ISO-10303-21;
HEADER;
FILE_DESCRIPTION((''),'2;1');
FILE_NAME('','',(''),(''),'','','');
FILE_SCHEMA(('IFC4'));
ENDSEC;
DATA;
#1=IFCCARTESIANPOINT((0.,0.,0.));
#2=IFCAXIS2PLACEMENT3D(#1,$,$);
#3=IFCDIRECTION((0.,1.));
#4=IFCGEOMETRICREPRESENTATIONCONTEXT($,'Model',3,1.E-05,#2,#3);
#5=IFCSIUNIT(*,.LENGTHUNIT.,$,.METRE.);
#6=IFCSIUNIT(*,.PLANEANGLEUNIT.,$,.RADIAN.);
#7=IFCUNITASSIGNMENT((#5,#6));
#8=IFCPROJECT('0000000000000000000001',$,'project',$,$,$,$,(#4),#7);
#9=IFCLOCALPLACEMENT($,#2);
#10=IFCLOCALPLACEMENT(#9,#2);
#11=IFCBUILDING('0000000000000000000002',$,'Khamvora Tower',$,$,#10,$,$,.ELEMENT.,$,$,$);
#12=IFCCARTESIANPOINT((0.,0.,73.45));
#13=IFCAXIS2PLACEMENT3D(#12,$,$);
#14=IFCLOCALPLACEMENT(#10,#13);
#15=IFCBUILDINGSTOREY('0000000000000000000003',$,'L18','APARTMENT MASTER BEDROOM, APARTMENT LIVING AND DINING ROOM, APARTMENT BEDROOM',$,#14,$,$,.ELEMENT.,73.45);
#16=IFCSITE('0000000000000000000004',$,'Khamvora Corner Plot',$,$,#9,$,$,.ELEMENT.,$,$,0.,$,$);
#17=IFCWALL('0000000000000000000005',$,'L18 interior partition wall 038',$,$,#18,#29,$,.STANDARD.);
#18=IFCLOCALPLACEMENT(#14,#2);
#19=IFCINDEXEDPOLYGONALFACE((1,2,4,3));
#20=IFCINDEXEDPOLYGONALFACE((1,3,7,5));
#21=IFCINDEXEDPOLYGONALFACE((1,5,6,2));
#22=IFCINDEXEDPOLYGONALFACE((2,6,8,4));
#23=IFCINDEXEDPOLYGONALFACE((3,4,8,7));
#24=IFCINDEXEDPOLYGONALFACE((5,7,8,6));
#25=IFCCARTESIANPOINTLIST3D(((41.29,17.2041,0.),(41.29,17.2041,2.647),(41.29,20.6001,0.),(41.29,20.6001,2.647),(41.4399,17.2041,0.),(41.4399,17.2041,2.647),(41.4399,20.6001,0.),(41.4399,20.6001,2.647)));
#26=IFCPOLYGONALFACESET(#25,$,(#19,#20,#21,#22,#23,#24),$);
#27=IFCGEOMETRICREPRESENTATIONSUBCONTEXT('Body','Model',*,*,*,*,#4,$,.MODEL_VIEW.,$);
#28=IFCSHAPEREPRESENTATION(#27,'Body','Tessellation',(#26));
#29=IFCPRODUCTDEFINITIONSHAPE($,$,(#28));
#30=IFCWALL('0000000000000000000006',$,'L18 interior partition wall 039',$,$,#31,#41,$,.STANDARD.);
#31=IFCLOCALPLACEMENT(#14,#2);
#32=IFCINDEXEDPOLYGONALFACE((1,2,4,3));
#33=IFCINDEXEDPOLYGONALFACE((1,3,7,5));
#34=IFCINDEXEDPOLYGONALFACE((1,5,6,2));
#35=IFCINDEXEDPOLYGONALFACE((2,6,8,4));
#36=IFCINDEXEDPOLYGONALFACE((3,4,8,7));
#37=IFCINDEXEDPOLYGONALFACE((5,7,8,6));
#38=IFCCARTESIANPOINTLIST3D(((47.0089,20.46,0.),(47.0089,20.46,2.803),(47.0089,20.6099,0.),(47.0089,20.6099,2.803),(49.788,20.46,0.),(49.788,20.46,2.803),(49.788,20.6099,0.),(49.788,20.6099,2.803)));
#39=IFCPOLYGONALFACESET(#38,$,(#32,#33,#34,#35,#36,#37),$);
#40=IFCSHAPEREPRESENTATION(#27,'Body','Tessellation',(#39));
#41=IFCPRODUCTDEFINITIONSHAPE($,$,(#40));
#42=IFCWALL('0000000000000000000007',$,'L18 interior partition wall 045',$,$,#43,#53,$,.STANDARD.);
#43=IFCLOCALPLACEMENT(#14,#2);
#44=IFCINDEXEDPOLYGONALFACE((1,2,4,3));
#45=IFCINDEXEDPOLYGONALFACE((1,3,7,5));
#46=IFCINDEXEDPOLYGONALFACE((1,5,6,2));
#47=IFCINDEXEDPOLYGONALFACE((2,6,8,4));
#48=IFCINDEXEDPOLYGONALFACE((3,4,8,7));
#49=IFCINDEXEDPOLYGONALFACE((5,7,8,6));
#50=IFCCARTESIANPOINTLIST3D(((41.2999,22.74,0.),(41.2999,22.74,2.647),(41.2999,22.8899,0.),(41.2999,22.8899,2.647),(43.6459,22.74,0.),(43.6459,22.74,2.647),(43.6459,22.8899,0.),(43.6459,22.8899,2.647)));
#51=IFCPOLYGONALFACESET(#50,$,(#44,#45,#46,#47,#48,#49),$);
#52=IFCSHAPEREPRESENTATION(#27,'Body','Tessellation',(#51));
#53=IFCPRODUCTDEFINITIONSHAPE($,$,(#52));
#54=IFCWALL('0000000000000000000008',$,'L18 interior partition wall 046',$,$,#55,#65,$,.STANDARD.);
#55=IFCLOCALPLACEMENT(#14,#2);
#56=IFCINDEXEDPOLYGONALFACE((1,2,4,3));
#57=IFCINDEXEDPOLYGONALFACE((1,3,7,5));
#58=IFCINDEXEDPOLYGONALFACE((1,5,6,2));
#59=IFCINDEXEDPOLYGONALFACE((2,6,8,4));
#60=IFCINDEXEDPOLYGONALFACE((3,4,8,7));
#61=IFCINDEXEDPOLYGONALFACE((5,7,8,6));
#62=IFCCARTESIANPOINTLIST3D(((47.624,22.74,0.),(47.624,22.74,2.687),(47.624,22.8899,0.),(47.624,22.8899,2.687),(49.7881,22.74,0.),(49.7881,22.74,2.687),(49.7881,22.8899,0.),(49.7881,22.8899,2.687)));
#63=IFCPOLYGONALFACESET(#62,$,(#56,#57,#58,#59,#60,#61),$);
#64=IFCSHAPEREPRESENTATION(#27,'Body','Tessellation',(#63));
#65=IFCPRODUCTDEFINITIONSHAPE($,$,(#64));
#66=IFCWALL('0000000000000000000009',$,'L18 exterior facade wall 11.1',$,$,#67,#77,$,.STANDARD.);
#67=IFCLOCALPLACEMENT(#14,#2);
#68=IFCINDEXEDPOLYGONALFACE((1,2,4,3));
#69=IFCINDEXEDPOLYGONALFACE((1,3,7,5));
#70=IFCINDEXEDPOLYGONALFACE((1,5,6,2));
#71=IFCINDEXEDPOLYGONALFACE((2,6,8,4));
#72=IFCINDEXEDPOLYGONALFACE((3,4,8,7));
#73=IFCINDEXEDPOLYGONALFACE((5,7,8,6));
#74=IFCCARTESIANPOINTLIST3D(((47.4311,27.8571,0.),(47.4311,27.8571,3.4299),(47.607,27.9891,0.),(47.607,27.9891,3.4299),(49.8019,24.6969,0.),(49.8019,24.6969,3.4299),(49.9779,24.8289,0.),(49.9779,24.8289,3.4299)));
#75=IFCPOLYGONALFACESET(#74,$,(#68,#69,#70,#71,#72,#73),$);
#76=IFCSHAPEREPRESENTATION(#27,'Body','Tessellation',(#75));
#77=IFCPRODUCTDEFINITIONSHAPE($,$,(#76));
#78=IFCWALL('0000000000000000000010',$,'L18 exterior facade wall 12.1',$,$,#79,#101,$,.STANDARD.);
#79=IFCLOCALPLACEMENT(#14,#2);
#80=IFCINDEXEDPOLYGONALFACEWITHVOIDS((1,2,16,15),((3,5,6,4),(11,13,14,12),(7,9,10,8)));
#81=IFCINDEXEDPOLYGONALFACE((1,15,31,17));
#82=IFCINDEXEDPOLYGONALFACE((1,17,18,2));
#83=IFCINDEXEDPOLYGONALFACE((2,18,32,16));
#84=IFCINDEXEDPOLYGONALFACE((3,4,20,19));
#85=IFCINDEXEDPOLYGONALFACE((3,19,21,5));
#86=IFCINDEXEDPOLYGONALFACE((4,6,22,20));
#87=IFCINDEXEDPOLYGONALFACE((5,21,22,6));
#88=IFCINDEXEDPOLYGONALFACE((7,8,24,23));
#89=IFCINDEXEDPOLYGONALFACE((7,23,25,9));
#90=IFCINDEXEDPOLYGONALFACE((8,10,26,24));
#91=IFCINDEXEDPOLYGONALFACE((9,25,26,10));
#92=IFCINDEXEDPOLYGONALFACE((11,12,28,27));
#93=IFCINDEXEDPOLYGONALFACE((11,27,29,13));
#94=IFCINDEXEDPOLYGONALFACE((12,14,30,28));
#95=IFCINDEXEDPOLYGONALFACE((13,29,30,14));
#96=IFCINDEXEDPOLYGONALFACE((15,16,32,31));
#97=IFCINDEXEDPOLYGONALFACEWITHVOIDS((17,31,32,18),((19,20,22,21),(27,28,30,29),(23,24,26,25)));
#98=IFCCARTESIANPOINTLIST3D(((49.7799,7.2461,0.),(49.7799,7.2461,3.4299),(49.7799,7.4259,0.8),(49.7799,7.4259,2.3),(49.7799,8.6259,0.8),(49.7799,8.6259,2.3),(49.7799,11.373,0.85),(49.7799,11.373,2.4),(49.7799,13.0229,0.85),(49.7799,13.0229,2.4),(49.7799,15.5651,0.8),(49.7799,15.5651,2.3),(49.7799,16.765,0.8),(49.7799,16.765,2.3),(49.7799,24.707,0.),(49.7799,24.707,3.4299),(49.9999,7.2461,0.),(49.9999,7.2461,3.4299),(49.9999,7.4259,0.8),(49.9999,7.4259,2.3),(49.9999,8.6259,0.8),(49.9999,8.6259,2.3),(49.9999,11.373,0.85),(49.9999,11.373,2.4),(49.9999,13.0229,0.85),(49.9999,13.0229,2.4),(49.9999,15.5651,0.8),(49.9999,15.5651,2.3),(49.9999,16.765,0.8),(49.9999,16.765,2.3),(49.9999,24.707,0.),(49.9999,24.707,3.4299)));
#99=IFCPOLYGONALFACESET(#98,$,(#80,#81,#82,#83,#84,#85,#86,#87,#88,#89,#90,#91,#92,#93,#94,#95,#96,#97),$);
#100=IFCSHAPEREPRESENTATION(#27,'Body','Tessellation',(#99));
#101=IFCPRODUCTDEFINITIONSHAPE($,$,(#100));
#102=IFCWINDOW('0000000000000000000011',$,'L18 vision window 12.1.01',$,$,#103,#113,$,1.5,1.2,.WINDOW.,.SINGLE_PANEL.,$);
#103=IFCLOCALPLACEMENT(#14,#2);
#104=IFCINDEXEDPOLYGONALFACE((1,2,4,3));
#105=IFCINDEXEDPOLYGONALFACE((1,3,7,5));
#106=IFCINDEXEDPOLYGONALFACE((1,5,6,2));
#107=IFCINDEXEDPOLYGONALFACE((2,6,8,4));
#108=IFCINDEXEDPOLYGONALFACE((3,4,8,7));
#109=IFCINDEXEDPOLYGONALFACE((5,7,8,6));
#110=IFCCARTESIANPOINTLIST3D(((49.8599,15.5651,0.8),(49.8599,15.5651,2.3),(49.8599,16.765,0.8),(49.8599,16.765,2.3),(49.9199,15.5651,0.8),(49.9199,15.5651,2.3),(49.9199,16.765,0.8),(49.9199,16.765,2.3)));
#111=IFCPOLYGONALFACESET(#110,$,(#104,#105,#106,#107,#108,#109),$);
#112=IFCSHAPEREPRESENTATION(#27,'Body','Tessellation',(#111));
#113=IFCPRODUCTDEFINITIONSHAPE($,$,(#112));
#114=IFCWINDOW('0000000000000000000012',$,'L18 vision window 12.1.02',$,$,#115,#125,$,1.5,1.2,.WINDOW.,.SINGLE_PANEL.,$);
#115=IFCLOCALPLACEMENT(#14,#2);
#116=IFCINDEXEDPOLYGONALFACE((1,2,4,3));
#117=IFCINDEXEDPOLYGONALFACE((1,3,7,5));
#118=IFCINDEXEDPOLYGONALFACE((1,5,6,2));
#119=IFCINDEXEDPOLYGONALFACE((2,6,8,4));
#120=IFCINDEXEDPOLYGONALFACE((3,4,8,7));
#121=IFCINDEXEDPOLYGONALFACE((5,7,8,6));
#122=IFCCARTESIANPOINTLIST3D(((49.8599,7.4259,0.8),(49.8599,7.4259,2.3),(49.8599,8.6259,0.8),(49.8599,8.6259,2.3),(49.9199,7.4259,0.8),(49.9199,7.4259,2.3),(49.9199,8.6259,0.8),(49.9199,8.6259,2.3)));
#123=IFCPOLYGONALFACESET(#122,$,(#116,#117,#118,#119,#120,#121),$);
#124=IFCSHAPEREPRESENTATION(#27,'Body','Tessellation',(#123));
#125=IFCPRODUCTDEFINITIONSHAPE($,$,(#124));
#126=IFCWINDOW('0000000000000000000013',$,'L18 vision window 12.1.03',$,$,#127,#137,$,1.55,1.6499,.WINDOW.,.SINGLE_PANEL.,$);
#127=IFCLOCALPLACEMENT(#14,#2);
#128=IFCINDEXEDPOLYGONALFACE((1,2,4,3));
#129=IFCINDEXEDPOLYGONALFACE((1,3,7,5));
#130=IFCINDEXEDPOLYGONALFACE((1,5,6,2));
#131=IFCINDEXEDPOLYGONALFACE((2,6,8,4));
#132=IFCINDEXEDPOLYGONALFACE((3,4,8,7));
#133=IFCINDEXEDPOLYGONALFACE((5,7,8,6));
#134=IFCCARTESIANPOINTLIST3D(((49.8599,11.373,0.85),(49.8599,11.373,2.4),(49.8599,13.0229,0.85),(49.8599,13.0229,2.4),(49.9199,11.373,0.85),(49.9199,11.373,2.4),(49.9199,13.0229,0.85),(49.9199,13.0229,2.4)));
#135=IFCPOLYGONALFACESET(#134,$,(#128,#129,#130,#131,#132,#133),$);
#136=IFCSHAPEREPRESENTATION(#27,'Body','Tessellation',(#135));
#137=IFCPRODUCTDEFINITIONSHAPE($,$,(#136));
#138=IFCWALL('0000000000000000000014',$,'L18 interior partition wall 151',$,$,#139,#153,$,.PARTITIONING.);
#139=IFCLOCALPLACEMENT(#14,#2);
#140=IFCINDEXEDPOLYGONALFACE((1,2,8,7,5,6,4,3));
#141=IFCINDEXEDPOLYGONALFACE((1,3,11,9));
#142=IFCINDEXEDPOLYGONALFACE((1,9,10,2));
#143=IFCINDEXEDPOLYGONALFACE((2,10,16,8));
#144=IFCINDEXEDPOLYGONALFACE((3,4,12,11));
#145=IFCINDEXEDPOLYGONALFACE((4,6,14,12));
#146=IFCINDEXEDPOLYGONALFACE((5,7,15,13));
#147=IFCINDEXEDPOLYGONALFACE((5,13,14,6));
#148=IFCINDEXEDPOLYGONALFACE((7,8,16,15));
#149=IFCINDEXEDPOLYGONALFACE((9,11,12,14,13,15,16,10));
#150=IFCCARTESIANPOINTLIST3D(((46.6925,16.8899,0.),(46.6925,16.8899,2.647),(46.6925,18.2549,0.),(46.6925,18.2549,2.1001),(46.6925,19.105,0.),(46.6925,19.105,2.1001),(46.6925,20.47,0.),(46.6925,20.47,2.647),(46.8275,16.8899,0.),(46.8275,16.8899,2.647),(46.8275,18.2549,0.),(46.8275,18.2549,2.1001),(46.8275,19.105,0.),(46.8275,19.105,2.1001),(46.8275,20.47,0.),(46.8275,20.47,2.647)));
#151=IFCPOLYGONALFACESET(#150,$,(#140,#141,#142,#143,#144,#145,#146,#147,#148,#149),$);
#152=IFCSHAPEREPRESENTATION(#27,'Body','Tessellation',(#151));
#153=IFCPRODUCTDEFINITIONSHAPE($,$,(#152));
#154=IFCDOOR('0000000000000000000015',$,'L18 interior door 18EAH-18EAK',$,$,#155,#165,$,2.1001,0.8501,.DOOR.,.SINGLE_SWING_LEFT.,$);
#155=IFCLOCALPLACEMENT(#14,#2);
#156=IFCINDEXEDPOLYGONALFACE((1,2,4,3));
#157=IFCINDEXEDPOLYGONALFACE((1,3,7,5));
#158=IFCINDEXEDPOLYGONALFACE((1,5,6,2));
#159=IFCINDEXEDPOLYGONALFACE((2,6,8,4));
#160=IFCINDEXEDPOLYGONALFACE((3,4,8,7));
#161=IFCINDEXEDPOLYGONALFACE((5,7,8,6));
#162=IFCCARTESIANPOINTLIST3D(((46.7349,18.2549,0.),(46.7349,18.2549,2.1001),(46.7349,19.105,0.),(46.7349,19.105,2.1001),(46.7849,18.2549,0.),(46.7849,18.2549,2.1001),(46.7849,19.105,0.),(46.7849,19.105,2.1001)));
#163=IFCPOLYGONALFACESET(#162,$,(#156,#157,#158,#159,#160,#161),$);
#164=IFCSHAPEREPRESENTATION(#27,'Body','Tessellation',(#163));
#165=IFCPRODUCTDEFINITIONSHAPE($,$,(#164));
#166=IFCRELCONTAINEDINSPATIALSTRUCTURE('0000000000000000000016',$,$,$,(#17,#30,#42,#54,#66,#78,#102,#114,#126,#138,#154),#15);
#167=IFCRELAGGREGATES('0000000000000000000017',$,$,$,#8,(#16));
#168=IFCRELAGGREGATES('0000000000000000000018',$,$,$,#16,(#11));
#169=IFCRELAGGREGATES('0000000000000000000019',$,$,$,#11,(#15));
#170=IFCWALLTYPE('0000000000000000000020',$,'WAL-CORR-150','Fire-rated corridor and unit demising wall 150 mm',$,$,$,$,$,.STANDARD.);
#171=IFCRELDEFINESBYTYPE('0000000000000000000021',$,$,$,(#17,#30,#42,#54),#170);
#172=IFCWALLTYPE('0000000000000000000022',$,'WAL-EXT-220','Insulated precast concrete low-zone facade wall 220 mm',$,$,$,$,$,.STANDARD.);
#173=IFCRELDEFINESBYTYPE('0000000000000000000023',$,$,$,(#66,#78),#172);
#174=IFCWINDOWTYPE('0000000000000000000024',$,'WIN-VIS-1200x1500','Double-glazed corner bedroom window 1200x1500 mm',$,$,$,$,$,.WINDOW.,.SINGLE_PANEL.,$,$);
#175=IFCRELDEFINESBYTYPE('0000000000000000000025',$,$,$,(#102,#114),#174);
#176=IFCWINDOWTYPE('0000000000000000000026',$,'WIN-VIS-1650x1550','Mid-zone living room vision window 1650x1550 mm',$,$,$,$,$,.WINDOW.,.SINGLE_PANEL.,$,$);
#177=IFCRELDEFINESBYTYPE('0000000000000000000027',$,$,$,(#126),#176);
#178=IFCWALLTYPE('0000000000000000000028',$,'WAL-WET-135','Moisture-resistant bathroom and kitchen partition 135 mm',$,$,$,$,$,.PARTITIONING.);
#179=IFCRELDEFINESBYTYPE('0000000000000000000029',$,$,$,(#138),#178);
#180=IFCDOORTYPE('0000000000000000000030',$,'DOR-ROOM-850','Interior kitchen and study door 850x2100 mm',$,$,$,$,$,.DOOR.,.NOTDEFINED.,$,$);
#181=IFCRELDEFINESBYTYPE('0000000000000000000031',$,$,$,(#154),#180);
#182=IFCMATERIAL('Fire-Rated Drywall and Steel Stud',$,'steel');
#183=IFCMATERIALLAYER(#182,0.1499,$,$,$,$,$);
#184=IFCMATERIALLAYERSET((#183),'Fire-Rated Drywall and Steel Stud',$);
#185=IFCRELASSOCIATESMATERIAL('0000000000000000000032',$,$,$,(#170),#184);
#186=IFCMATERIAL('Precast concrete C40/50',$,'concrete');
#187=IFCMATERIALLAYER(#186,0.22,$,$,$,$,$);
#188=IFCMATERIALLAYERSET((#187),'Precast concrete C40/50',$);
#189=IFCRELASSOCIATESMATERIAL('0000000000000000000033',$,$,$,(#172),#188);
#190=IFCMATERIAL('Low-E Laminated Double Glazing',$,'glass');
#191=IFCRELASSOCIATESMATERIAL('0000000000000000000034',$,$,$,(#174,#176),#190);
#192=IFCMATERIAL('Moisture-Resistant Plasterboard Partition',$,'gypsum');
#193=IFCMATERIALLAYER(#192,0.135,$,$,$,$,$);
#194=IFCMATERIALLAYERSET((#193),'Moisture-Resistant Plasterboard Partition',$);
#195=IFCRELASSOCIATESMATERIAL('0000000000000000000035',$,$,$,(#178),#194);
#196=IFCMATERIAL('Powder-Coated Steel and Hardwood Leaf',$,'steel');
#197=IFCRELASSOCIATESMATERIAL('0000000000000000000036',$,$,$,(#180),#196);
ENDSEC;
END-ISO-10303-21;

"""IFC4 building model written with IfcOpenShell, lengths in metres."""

from ifc_helpers import new_model, si_unit, direction, frame, frame_2d, origin, place, context, subcontext, project, spatial, rectangle, extrude, material, layer, layer_set, type_object, element, fill, save


model = new_model("IFC4")

# Units and contexts
model_context = context("Model", 3, precision=1e-05, world=origin(), true_north=direction((0.0, 1.0)))
body_context = subcontext(model_context, "Body", "Model", "MODEL_VIEW")
ifc_project = project(units=[si_unit("LENGTHUNIT", "METRE"), si_unit("PLANEANGLEUNIT", "RADIAN")], contexts=[model_context])

# Site, building, storey
site_placement = place(None, origin())
site = spatial("IfcSite", under=ifc_project, at=site_placement, Name="Khamvora Corner Plot", CompositionType="ELEMENT", RefElevation=0.0)
building_placement = place(site_placement, origin())
building = spatial("IfcBuilding", under=site, at=building_placement, Name="Khamvora Tower", CompositionType="ELEMENT")
storey_placement = place(building_placement, frame((0.0, 0.0, 73.45)))
storey = spatial("IfcBuildingStorey", under=building, at=storey_placement, Name="L18", Description="APARTMENT MASTER BEDROOM, APARTMENT LIVING AND DINING ROOM, APARTMENT BEDROOM", CompositionType="ELEMENT", Elevation=73.45)

# Shared definitions
ifc_material_1 = material(Name="Fire-Rated Drywall and Steel Stud", Category="steel")
ifc_layer_1 = layer(ifc_material_1, 0.1499)
ifc_layer_set_1 = layer_set([ifc_layer_1], Name="Fire-Rated Drywall and Steel Stud")
wall_type_1 = type_object("IfcWallType", Name="WAL-CORR-150", Description="Fire-rated corridor and unit demising wall 150 mm", PredefinedType="STANDARD", material=ifc_layer_set_1)
ifc_material_2 = material(Name="Powder-Coated Steel and Hardwood Leaf", Category="steel")

# Walls
wall_1_placement = place(storey_placement, frame((41.365, 20.6001, 0.0), z_axis=(0.0, 0.0, 1.0), x_axis=(0.0, -1.0, 0.0)))
element("IfcWall", 1, at=wall_1_placement, inside=storey, type_object=wall_type_1, Name="L18 interior partition wall 038", PredefinedType="STANDARD", context=body_context, shape_type="SweptSolid", body=[
    extrude(rectangle(XDim=3.396, YDim=0.1499, at=frame_2d((1.698, 0.0))), origin(), (0.0, 0.0, 1.0), 2.647),
])
wall_2_placement = place(storey_placement, frame((49.7881, 20.5349, 0.0), z_axis=(0.0, 0.0, 1.0), x_axis=(-1.0, 0.0, 0.0)))
element("IfcWall", 2, at=wall_2_placement, inside=storey, type_object=wall_type_1, Name="L18 interior partition wall 039", PredefinedType="STANDARD", context=body_context, shape_type="SweptSolid", body=[
    extrude(rectangle(XDim=2.7791, YDim=0.1499, at=frame_2d((1.3896, 0.0))), origin(), (0.0, 0.0, 1.0), 2.803),
])

# Walls
wall_3_placement = place(storey_placement, frame((41.3, 22.8149, 0.0), z_axis=(0.0, 0.0, 1.0), x_axis=(1.0, 0.0, 0.0)))
element("IfcWall", 3, at=wall_3_placement, inside=storey, type_object=wall_type_1, Name="L18 interior partition wall 045", PredefinedType="STANDARD", context=body_context, shape_type="SweptSolid", body=[
    extrude(rectangle(XDim=2.3459, YDim=0.1499, at=frame_2d((1.1729, 0.0))), origin(), (0.0, 0.0, 1.0), 2.647),
])
wall_4_placement = place(storey_placement, frame((47.624, 22.8149, 0.0), z_axis=(0.0, 0.0, 1.0), x_axis=(1.0, 0.0, 0.0)))
element("IfcWall", 4, at=wall_4_placement, inside=storey, type_object=wall_type_1, Name="L18 interior partition wall 046", PredefinedType="STANDARD", context=body_context, shape_type="SweptSolid", body=[
    extrude(rectangle(XDim=2.1641, YDim=0.1499, at=frame_2d((1.082, 0.0))), origin(), (0.0, 0.0, 1.0), 2.687),
])
ifc_material_3 = material(Name="Precast concrete C40/50", Category="concrete")
ifc_layer_2 = layer(ifc_material_3, 0.22)
ifc_layer_set_2 = layer_set([ifc_layer_2], Name="Precast concrete C40/50")
wall_type_2 = type_object("IfcWallType", Name="WAL-EXT-220", Description="Insulated precast concrete low-zone facade wall 220 mm", PredefinedType="STANDARD", material=ifc_layer_set_2)
wall_5_placement = place(storey_placement, frame((47.519, 27.9231, 0.0), z_axis=(0.0, 0.0, 1.0), x_axis=(0.600119, -0.799911, 0.0)))
element("IfcWall", 5, at=wall_5_placement, inside=storey, type_object=wall_type_2, Name="L18 exterior facade wall 11.1", PredefinedType="STANDARD", context=body_context, shape_type="SweptSolid", body=[
    extrude(rectangle(XDim=3.9507, YDim=0.22, at=frame_2d((1.9753, 0.0))), origin(), (0.0, 0.0, 1.0), 3.4299),
])

# Wall, openings, windows
wall_6_placement = place(storey_placement, frame((49.8899, 24.707, 0.0), z_axis=(0.0, 0.0, 1.0), x_axis=(0.0, -1.0, 0.0)))
wall_6 = element("IfcWall", 6, at=wall_6_placement, inside=storey, type_object=wall_type_2, Name="L18 exterior facade wall 12.1", PredefinedType="STANDARD", context=body_context, shape_type="SweptSolid", body=[
    extrude(rectangle(XDim=17.4609, YDim=0.22, at=frame_2d((8.7305, 0.0))), origin(), (0.0, 0.0, 1.0), 3.4299),
])
opening_1_placement = place(wall_6_placement, frame((7.9419, 0.0, 0.8)))
opening_1 = element("IfcOpeningElement", 7, at=opening_1_placement, cuts=wall_6, PredefinedType="OPENING", context=body_context, shape_type="SweptSolid", body=[
    extrude(rectangle(XDim=1.2, YDim=1.5, at=frame_2d((0.6001, 0.75))), frame((0.0, 0.1199, 0.0), z_axis=(0.0, -1.0, 0.0), x_axis=(1.0, 0.0, 0.0)), (0.0, 0.0, 1.0), 0.24),
])
opening_2_placement = place(wall_6_placement, frame((16.0811, 0.0, 0.8)))
opening_2 = element("IfcOpeningElement", 8, at=opening_2_placement, cuts=wall_6, PredefinedType="OPENING", context=body_context, shape_type="SweptSolid", body=[
    extrude(rectangle(XDim=1.2, YDim=1.5, at=frame_2d((0.6001, 0.75))), frame((0.0, 0.1199, 0.0), z_axis=(0.0, -1.0, 0.0), x_axis=(1.0, 0.0, 0.0)), (0.0, 0.0, 1.0), 0.24),
])
opening_3_placement = place(wall_6_placement, frame((11.6841, 0.0, 0.8501)))
opening_3 = element("IfcOpeningElement", 9, at=opening_3_placement, cuts=wall_6, PredefinedType="OPENING", context=body_context, shape_type="SweptSolid", body=[
    extrude(rectangle(XDim=1.6499, YDim=1.55, at=frame_2d((0.825, 0.7749))), frame((0.0, 0.1199, 0.0), z_axis=(0.0, -1.0, 0.0), x_axis=(1.0, 0.0, 0.0)), (0.0, 0.0, 1.0), 0.24),
])
ifc_material_4 = material(Name="Low-E Laminated Double Glazing", Category="glass")
window_type_1 = type_object("IfcWindowType", Name="WIN-VIS-1200x1500", Description="Double-glazed corner bedroom window 1200x1500 mm", PartitioningType="SINGLE_PANEL", PredefinedType="WINDOW", material=ifc_material_4)
window_1_placement = place(opening_1_placement, origin())
window_1 = element("IfcWindow", 10, at=window_1_placement, inside=storey, type_object=window_type_1, Name="L18 vision window 12.1.01", OverallHeight=1.5, OverallWidth=1.2, PartitioningType="SINGLE_PANEL", PredefinedType="WINDOW", context=body_context, shape_type="SweptSolid", body=[
    extrude(rectangle(XDim=1.2, YDim=1.5, at=frame_2d((0.6001, 0.75))), frame((0.0, 0.03, 0.0), z_axis=(0.0, -1.0, 0.0), x_axis=(1.0, 0.0, 0.0)), (0.0, 0.0, 1.0), 0.0601),
])
fill(opening_1, window_1)
window_2_placement = place(opening_2_placement, origin())
window_2 = element("IfcWindow", 11, at=window_2_placement, inside=storey, type_object=window_type_1, Name="L18 vision window 12.1.02", OverallHeight=1.5, OverallWidth=1.2, PartitioningType="SINGLE_PANEL", PredefinedType="WINDOW", context=body_context, shape_type="SweptSolid", body=[
    extrude(rectangle(XDim=1.2, YDim=1.5, at=frame_2d((0.6001, 0.75))), frame((0.0, 0.03, 0.0), z_axis=(0.0, -1.0, 0.0), x_axis=(1.0, 0.0, 0.0)), (0.0, 0.0, 1.0), 0.0601),
])
fill(opening_2, window_2)
window_type_2 = type_object("IfcWindowType", Name="WIN-VIS-1650x1550", Description="Mid-zone living room vision window 1650x1550 mm", PartitioningType="SINGLE_PANEL", PredefinedType="WINDOW", material=ifc_material_4)
window_3_placement = place(opening_3_placement, origin())
window_3 = element("IfcWindow", 12, at=window_3_placement, inside=storey, type_object=window_type_2, Name="L18 vision window 12.1.03", OverallHeight=1.55, OverallWidth=1.6499, PartitioningType="SINGLE_PANEL", PredefinedType="WINDOW", context=body_context, shape_type="SweptSolid", body=[
    extrude(rectangle(XDim=1.6499, YDim=1.55, at=frame_2d((0.825, 0.7749))), frame((0.0, 0.03, 0.0), z_axis=(0.0, -1.0, 0.0), x_axis=(1.0, 0.0, 0.0)), (0.0, 0.0, 1.0), 0.0601),
])
fill(opening_3, window_3)

# Wall, opening, door
ifc_material_5 = material(Name="Moisture-Resistant Plasterboard Partition", Category="gypsum")
ifc_layer_3 = layer(ifc_material_5, 0.135)
ifc_layer_set_3 = layer_set([ifc_layer_3], Name="Moisture-Resistant Plasterboard Partition")
wall_type_3 = type_object("IfcWallType", Name="WAL-WET-135", Description="Moisture-resistant bathroom and kitchen partition 135 mm", PredefinedType="PARTITIONING", material=ifc_layer_set_3)
wall_7_placement = place(storey_placement, frame((46.76, 20.47, 0.0), z_axis=(0.0, 0.0, 1.0), x_axis=(0.0, -1.0, 0.0)))
wall_7 = element("IfcWall", 13, at=wall_7_placement, inside=storey, type_object=wall_type_3, Name="L18 interior partition wall 151", PredefinedType="PARTITIONING", context=body_context, shape_type="SweptSolid", body=[
    extrude(rectangle(XDim=3.5801, YDim=0.135, at=frame_2d((1.79, 0.0))), origin(), (0.0, 0.0, 1.0), 2.647),
])
opening_4_placement = place(wall_7_placement, frame((1.365, 0.0, 0.0)))
opening_4 = element("IfcOpeningElement", 14, at=opening_4_placement, cuts=wall_7, PredefinedType="OPENING", context=body_context, shape_type="SweptSolid", body=[
    extrude(rectangle(XDim=0.8501, YDim=2.1001, at=frame_2d((0.425, 1.05))), frame((0.0, 0.0774, 0.0), z_axis=(0.0, -1.0, 0.0), x_axis=(1.0, 0.0, 0.0)), (0.0, 0.0, 1.0), 0.155),
])
door_type_1 = type_object("IfcDoorType", Name="DOR-ROOM-850", Description="Interior kitchen and study door 850x2100 mm", OperationType="NOTDEFINED", PredefinedType="DOOR", material=ifc_material_2)
door_1_placement = place(opening_4_placement, origin())
door_1 = element("IfcDoor", 15, at=door_1_placement, inside=storey, type_object=door_type_1, Name="L18 interior door 18EAH-18EAK", OperationType="SINGLE_SWING_LEFT", OverallHeight=2.1001, OverallWidth=0.8501, PredefinedType="DOOR", context=body_context, shape_type="SweptSolid", body=[
    extrude(rectangle(XDim=0.8501, YDim=2.1001, at=frame_2d((0.425, 1.05))), frame((0.0, 0.0249, 0.0), z_axis=(0.0, -1.0, 0.0), x_axis=(1.0, 0.0, 0.0)), (0.0, 0.0, 1.0), 0.05),
])
fill(opening_4, door_1)

save(model, "model.ifc")
